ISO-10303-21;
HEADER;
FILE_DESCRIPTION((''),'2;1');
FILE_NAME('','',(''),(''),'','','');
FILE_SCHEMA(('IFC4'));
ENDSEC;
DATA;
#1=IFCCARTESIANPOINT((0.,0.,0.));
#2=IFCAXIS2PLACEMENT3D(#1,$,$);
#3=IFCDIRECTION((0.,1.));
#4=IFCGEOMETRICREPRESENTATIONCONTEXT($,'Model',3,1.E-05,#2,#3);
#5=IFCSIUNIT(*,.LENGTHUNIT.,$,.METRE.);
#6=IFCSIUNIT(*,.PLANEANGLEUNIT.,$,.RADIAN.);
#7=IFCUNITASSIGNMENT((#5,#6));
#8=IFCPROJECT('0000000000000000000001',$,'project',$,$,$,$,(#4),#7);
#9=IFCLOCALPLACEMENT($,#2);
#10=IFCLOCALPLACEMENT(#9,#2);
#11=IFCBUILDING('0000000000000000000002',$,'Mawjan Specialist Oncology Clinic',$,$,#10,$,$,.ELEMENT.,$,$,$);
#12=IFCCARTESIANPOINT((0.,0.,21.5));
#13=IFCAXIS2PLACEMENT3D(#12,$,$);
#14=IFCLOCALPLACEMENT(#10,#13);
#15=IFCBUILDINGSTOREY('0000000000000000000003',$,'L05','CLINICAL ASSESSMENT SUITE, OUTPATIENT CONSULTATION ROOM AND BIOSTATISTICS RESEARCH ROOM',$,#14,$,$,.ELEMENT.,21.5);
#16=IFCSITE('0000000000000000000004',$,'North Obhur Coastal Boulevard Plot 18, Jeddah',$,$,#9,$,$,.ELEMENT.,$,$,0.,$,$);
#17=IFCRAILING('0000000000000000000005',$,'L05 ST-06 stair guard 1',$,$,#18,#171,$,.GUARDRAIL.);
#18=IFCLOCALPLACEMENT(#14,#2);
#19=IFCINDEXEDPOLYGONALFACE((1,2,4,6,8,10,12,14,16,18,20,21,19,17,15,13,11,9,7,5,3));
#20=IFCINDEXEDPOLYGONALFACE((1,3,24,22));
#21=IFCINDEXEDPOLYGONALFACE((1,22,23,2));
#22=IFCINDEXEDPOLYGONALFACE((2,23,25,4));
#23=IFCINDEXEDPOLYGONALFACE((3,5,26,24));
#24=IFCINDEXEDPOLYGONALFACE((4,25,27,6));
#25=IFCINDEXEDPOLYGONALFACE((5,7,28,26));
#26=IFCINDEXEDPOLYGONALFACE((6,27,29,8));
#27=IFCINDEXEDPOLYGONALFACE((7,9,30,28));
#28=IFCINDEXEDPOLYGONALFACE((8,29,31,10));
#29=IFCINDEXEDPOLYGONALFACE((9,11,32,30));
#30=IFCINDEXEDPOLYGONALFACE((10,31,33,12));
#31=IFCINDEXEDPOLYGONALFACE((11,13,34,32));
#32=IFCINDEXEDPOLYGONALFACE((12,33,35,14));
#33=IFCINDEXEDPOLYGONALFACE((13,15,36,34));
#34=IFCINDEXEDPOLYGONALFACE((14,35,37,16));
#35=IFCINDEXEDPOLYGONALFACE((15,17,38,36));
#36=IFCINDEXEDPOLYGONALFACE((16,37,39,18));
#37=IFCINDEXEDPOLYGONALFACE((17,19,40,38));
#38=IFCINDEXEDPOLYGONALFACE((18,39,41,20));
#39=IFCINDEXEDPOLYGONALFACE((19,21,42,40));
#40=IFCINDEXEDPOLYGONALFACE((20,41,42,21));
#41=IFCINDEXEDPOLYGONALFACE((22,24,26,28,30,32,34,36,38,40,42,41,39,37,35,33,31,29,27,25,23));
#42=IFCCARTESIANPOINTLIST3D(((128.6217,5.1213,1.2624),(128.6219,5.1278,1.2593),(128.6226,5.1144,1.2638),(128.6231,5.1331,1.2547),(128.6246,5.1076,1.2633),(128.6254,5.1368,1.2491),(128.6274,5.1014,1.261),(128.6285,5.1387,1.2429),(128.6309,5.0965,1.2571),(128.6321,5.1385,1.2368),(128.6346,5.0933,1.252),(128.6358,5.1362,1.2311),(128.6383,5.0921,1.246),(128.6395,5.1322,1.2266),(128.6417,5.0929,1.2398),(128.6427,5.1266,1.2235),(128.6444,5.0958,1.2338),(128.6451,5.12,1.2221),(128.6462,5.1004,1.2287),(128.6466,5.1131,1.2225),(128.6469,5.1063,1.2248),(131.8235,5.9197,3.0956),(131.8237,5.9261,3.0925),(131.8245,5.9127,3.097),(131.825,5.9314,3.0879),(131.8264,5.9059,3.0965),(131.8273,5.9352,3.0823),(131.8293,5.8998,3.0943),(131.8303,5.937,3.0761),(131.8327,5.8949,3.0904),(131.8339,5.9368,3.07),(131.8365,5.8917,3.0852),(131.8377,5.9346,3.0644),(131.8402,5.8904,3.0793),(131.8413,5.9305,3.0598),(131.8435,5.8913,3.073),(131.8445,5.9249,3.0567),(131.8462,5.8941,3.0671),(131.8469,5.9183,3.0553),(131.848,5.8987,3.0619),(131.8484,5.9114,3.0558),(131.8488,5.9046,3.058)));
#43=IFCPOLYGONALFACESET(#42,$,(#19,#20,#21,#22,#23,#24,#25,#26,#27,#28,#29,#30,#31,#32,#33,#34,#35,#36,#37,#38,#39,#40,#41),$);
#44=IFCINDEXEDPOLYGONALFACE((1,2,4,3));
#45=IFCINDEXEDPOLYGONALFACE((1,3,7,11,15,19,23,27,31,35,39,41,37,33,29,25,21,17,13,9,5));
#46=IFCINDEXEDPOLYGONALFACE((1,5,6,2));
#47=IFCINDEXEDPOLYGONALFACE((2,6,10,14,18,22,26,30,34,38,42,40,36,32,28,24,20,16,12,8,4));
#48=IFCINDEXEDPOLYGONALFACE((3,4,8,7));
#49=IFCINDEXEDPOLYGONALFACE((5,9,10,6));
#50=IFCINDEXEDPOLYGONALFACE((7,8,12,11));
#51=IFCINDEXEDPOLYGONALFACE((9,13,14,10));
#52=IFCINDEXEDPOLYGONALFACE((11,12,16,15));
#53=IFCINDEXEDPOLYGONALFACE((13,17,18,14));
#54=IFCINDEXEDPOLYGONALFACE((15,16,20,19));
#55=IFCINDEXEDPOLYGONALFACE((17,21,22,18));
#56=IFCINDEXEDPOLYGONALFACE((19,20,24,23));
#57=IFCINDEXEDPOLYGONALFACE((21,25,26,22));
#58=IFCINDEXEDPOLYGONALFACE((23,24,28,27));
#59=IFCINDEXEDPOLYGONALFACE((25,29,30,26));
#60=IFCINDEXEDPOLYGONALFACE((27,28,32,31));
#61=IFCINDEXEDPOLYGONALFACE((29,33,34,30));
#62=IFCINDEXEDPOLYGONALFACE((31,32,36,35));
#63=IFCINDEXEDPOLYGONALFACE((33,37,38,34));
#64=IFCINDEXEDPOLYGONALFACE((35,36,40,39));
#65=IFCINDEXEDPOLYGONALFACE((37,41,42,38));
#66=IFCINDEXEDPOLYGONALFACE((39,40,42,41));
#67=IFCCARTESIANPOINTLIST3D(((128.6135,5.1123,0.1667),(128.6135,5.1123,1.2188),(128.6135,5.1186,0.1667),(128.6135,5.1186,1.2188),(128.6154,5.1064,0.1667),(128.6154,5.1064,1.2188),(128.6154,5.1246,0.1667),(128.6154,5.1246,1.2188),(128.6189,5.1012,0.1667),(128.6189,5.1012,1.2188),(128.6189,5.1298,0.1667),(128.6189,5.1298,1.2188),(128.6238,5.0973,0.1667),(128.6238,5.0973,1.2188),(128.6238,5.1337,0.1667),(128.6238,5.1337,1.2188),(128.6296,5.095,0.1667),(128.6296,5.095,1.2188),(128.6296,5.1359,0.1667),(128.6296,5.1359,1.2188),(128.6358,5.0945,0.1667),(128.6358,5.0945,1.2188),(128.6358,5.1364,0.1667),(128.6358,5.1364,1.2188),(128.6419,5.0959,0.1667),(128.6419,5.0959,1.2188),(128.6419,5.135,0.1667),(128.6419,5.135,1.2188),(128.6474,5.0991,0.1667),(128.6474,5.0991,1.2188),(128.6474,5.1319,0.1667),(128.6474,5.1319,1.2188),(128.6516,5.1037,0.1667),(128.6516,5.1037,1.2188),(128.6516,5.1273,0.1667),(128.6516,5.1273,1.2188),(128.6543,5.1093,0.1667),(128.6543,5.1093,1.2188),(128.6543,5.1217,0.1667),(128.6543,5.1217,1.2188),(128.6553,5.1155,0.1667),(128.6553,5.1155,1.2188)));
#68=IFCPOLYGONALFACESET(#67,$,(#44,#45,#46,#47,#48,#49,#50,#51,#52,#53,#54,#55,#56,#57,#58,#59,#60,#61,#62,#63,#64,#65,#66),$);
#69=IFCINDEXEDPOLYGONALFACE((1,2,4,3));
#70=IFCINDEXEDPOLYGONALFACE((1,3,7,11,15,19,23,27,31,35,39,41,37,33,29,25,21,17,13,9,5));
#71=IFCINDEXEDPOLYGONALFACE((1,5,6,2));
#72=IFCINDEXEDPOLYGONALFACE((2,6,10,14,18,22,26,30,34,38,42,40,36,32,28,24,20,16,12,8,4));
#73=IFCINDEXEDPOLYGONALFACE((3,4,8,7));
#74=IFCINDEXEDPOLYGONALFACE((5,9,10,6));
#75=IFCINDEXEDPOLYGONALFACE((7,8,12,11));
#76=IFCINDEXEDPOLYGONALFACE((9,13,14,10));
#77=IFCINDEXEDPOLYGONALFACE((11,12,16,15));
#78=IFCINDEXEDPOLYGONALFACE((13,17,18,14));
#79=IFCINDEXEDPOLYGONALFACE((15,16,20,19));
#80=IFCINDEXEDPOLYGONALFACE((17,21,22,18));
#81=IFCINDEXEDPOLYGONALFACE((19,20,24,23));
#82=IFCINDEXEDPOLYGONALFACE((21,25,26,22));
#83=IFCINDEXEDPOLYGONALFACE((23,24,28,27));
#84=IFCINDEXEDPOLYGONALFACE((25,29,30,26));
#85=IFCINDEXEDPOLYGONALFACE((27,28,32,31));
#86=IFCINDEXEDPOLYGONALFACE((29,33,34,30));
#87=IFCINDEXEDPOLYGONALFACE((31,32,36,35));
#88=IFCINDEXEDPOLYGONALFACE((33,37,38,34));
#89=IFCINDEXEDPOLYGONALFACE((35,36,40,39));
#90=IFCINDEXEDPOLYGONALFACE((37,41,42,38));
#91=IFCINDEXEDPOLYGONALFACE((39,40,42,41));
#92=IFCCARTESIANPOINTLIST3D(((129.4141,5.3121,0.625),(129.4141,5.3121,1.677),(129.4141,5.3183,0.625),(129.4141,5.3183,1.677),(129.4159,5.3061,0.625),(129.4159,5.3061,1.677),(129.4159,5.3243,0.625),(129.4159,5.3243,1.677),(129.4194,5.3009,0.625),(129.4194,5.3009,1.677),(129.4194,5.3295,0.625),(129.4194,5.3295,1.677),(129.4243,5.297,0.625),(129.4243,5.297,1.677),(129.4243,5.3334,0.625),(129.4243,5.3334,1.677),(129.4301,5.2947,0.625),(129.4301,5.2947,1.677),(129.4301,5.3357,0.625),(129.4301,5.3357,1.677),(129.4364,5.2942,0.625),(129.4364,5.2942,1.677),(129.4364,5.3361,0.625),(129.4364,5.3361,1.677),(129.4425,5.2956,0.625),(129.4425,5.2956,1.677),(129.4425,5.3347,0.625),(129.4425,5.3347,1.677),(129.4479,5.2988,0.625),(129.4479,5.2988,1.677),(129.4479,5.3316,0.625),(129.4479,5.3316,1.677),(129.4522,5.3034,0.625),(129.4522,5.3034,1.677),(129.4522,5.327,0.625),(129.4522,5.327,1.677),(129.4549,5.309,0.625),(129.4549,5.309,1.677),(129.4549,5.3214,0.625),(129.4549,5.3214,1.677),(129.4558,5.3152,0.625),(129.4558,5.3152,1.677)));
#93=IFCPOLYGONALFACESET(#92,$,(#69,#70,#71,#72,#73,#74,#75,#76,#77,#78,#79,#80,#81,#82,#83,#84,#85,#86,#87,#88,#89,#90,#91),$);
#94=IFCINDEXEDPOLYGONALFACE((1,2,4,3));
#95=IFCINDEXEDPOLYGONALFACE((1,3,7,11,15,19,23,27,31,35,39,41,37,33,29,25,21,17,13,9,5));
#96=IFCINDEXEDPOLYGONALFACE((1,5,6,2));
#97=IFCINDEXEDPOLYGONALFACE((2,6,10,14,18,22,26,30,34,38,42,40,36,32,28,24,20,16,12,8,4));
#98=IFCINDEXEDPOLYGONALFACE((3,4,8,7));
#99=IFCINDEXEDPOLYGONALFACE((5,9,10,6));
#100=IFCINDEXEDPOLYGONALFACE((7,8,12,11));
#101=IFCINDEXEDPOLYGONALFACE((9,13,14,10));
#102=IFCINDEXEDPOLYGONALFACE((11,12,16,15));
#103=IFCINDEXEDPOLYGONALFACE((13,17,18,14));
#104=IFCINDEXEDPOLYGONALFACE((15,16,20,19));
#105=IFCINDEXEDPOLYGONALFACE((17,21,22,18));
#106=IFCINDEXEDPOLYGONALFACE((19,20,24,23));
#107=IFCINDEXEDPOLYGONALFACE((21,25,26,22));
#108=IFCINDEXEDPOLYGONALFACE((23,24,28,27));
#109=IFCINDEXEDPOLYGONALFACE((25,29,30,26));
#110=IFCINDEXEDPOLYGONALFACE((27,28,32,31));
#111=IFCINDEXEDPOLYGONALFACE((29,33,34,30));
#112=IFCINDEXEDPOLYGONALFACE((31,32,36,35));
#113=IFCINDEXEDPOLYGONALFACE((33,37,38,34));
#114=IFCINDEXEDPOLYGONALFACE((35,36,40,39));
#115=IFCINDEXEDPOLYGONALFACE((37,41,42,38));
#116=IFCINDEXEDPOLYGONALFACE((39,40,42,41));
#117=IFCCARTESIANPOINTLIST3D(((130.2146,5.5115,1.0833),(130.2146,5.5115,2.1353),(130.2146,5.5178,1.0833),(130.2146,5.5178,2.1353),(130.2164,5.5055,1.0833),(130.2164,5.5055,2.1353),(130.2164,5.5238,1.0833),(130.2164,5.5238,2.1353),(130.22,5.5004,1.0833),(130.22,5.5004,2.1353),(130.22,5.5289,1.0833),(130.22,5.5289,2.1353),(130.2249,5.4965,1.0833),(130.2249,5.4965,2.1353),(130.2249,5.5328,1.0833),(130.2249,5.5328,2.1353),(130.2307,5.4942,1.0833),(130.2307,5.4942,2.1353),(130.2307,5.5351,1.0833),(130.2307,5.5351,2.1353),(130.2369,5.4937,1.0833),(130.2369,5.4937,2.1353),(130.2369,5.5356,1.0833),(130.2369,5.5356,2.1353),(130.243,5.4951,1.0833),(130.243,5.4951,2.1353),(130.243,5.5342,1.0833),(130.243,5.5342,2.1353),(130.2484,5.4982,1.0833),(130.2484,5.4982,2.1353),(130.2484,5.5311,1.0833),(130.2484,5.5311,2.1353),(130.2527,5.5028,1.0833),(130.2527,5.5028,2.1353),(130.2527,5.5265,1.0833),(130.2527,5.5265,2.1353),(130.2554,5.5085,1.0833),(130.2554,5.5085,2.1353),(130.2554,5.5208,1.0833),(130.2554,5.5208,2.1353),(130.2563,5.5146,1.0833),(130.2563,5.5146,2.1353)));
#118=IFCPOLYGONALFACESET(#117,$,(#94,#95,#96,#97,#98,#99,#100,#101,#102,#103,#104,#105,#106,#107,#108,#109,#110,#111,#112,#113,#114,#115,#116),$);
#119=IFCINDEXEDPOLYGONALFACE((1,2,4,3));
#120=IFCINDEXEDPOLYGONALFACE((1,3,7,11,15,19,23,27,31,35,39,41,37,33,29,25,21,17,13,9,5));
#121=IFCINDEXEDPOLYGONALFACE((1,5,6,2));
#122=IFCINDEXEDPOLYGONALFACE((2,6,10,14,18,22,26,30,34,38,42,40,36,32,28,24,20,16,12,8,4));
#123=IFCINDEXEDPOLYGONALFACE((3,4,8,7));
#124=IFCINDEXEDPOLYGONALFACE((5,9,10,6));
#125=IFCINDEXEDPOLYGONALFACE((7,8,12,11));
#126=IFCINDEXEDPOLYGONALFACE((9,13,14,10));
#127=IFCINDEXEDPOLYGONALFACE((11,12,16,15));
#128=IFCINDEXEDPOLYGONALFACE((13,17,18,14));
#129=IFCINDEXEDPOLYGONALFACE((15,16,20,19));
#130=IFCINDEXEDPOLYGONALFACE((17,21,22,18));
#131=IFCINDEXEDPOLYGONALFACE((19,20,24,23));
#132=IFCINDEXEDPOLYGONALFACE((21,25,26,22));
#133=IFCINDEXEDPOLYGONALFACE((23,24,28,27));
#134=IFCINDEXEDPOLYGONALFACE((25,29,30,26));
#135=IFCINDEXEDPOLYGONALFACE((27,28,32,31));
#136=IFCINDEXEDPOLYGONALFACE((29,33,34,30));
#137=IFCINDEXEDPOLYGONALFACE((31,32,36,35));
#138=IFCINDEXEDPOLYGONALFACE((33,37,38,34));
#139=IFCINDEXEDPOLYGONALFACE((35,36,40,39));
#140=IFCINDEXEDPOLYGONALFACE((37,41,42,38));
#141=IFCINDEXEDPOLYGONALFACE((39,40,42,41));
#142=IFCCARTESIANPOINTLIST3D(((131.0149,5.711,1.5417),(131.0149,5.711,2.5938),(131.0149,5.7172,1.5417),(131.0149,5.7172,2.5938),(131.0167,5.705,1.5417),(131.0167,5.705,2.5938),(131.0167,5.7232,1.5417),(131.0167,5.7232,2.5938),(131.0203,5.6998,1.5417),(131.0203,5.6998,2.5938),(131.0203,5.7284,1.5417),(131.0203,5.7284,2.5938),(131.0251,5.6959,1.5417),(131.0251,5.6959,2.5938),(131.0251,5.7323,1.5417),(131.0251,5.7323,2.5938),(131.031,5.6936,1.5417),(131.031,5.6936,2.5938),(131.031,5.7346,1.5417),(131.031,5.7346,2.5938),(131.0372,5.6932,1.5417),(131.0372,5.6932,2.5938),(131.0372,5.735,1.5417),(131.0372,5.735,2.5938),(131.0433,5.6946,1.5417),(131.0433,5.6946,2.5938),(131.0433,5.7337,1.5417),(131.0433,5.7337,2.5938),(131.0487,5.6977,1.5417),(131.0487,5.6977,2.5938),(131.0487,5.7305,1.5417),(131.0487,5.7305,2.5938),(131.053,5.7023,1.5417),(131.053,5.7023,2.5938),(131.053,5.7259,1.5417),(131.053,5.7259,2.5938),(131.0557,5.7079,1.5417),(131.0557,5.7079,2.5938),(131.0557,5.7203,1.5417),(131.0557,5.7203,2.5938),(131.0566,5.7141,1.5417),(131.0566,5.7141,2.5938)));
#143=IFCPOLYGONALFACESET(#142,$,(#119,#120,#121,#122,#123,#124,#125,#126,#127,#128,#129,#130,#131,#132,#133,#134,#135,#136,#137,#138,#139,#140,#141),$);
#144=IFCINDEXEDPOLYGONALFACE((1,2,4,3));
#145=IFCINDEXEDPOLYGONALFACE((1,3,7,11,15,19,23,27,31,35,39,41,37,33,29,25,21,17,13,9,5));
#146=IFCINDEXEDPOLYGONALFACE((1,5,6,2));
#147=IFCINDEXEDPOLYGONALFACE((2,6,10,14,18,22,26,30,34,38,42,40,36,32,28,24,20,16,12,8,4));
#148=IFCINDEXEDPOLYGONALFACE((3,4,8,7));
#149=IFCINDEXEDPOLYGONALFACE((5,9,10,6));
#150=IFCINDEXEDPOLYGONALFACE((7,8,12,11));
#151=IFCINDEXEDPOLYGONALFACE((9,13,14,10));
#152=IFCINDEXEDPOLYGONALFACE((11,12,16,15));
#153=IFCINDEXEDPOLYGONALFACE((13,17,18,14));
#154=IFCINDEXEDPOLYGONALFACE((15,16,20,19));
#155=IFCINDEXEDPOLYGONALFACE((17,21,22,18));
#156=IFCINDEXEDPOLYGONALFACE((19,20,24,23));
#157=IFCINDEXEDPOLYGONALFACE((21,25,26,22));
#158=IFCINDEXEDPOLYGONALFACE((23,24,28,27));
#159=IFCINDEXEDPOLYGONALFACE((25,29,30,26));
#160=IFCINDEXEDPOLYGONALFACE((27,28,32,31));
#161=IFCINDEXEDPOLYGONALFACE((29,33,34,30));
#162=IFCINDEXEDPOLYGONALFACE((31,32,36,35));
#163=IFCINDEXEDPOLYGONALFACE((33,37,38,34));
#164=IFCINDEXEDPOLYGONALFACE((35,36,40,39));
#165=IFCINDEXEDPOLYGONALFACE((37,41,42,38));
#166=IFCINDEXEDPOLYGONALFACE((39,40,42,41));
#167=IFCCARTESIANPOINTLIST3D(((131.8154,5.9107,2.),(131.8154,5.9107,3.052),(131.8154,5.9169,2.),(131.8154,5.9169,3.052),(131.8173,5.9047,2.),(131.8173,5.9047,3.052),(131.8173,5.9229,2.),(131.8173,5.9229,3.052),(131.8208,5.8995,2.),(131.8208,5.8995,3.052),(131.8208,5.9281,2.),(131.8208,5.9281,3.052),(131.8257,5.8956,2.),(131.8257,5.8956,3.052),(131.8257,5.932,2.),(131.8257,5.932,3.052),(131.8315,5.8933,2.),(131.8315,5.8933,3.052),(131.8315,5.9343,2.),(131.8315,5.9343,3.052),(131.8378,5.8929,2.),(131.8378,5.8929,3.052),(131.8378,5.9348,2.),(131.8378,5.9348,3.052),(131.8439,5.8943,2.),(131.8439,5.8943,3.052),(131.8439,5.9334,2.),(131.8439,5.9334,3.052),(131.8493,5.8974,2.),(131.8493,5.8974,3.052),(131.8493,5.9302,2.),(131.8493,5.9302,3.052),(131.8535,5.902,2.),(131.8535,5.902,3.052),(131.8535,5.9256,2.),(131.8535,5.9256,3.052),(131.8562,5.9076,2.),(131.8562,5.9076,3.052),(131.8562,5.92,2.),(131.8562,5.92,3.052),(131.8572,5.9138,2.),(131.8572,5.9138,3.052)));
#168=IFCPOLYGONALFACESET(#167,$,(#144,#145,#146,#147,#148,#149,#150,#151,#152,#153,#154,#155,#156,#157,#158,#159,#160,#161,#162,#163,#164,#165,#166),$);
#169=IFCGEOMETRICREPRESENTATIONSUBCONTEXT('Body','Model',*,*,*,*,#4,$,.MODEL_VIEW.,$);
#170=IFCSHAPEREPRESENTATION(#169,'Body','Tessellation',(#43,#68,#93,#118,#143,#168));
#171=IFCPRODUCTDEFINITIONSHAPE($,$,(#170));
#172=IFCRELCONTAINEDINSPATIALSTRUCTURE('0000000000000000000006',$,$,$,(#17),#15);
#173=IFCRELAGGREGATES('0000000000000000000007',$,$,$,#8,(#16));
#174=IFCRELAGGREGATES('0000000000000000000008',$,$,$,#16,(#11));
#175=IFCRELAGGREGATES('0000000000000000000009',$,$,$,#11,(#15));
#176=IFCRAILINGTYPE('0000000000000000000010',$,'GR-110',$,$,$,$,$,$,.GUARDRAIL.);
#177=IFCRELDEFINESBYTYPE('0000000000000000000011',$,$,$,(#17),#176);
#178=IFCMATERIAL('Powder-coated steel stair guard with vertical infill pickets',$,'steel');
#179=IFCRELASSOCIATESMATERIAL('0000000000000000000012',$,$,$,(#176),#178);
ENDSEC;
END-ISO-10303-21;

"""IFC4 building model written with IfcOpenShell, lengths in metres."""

from ifc_helpers import new_model, si_unit, direction, frame, origin, origin_2d, place, context, subcontext, project, spatial, circle, extrude, material, type_object, element, save


model = new_model("IFC4")

# Units and contexts
model_context = context("Model", 3, precision=1e-05, world=origin(), true_north=direction((0.0, 1.0)))
body_context = subcontext(model_context, "Body", "Model", "MODEL_VIEW")
ifc_project = project(units=[si_unit("LENGTHUNIT", "METRE"), si_unit("PLANEANGLEUNIT", "RADIAN")], contexts=[model_context])

# Site, building, storey
site_placement = place(None, origin())
site = spatial("IfcSite", under=ifc_project, at=site_placement, Name="North Obhur Coastal Boulevard Plot 18, Jeddah", CompositionType="ELEMENT", RefElevation=0.0)
building_placement = place(site_placement, origin())
building = spatial("IfcBuilding", under=site, at=building_placement, Name="Mawjan Specialist Oncology Clinic", CompositionType="ELEMENT")
storey_placement = place(building_placement, frame((0.0, 0.0, 21.5)))
storey = spatial("IfcBuildingStorey", under=building, at=storey_placement, Name="L05", Description="CLINICAL ASSESSMENT SUITE, OUTPATIENT CONSULTATION ROOM AND BIOSTATISTICS RESEARCH ROOM", CompositionType="ELEMENT", Elevation=21.5)

# Railing
ifc_material_1 = material(Name="Powder-coated steel stair guard with vertical infill pickets", Category="steel")
railing_type_1 = type_object("IfcRailingType", Name="GR-110", PredefinedType="GUARDRAIL", material=ifc_material_1)
railing_1_placement = place(storey_placement, frame((128.6343, 5.1155, 0.1667)))
element("IfcRailing", 1, at=railing_1_placement, inside=storey, type_object=railing_type_1, Name="L05 ST-06 stair guard 1", PredefinedType="GUARDRAIL", context=body_context, shape_type="SweptSolid", body=[
    extrude(circle(Radius=0.0239, at=origin_2d()), frame((0.0, 0.0, 1.0762), z_axis=(0.848195, 0.211483, 0.485634), x_axis=(-0.241926, 0.970295, 0.0)), (0.0, 0.0, 1.0), 3.7749),
    extrude(circle(Radius=0.021, at=origin_2d()), origin(), (0.0, 0.0, 1.0), 1.052),
    extrude(circle(Radius=0.021, at=origin_2d()), frame((0.8005, 0.1997, 0.4583)), (0.0, 0.0, 1.0), 1.052),
    extrude(circle(Radius=0.021, at=origin_2d()), frame((1.6011, 0.3992, 0.9165)), (0.0, 0.0, 1.0), 1.052),
    extrude(circle(Radius=0.021, at=origin_2d()), frame((2.4014, 0.5986, 1.375)), (0.0, 0.0, 1.0), 1.052),
    extrude(circle(Radius=0.021, at=origin_2d()), frame((3.2019, 0.7983, 1.8333)), (0.0, 0.0, 1.0), 1.052),
])

save(model, "model.ifc")
